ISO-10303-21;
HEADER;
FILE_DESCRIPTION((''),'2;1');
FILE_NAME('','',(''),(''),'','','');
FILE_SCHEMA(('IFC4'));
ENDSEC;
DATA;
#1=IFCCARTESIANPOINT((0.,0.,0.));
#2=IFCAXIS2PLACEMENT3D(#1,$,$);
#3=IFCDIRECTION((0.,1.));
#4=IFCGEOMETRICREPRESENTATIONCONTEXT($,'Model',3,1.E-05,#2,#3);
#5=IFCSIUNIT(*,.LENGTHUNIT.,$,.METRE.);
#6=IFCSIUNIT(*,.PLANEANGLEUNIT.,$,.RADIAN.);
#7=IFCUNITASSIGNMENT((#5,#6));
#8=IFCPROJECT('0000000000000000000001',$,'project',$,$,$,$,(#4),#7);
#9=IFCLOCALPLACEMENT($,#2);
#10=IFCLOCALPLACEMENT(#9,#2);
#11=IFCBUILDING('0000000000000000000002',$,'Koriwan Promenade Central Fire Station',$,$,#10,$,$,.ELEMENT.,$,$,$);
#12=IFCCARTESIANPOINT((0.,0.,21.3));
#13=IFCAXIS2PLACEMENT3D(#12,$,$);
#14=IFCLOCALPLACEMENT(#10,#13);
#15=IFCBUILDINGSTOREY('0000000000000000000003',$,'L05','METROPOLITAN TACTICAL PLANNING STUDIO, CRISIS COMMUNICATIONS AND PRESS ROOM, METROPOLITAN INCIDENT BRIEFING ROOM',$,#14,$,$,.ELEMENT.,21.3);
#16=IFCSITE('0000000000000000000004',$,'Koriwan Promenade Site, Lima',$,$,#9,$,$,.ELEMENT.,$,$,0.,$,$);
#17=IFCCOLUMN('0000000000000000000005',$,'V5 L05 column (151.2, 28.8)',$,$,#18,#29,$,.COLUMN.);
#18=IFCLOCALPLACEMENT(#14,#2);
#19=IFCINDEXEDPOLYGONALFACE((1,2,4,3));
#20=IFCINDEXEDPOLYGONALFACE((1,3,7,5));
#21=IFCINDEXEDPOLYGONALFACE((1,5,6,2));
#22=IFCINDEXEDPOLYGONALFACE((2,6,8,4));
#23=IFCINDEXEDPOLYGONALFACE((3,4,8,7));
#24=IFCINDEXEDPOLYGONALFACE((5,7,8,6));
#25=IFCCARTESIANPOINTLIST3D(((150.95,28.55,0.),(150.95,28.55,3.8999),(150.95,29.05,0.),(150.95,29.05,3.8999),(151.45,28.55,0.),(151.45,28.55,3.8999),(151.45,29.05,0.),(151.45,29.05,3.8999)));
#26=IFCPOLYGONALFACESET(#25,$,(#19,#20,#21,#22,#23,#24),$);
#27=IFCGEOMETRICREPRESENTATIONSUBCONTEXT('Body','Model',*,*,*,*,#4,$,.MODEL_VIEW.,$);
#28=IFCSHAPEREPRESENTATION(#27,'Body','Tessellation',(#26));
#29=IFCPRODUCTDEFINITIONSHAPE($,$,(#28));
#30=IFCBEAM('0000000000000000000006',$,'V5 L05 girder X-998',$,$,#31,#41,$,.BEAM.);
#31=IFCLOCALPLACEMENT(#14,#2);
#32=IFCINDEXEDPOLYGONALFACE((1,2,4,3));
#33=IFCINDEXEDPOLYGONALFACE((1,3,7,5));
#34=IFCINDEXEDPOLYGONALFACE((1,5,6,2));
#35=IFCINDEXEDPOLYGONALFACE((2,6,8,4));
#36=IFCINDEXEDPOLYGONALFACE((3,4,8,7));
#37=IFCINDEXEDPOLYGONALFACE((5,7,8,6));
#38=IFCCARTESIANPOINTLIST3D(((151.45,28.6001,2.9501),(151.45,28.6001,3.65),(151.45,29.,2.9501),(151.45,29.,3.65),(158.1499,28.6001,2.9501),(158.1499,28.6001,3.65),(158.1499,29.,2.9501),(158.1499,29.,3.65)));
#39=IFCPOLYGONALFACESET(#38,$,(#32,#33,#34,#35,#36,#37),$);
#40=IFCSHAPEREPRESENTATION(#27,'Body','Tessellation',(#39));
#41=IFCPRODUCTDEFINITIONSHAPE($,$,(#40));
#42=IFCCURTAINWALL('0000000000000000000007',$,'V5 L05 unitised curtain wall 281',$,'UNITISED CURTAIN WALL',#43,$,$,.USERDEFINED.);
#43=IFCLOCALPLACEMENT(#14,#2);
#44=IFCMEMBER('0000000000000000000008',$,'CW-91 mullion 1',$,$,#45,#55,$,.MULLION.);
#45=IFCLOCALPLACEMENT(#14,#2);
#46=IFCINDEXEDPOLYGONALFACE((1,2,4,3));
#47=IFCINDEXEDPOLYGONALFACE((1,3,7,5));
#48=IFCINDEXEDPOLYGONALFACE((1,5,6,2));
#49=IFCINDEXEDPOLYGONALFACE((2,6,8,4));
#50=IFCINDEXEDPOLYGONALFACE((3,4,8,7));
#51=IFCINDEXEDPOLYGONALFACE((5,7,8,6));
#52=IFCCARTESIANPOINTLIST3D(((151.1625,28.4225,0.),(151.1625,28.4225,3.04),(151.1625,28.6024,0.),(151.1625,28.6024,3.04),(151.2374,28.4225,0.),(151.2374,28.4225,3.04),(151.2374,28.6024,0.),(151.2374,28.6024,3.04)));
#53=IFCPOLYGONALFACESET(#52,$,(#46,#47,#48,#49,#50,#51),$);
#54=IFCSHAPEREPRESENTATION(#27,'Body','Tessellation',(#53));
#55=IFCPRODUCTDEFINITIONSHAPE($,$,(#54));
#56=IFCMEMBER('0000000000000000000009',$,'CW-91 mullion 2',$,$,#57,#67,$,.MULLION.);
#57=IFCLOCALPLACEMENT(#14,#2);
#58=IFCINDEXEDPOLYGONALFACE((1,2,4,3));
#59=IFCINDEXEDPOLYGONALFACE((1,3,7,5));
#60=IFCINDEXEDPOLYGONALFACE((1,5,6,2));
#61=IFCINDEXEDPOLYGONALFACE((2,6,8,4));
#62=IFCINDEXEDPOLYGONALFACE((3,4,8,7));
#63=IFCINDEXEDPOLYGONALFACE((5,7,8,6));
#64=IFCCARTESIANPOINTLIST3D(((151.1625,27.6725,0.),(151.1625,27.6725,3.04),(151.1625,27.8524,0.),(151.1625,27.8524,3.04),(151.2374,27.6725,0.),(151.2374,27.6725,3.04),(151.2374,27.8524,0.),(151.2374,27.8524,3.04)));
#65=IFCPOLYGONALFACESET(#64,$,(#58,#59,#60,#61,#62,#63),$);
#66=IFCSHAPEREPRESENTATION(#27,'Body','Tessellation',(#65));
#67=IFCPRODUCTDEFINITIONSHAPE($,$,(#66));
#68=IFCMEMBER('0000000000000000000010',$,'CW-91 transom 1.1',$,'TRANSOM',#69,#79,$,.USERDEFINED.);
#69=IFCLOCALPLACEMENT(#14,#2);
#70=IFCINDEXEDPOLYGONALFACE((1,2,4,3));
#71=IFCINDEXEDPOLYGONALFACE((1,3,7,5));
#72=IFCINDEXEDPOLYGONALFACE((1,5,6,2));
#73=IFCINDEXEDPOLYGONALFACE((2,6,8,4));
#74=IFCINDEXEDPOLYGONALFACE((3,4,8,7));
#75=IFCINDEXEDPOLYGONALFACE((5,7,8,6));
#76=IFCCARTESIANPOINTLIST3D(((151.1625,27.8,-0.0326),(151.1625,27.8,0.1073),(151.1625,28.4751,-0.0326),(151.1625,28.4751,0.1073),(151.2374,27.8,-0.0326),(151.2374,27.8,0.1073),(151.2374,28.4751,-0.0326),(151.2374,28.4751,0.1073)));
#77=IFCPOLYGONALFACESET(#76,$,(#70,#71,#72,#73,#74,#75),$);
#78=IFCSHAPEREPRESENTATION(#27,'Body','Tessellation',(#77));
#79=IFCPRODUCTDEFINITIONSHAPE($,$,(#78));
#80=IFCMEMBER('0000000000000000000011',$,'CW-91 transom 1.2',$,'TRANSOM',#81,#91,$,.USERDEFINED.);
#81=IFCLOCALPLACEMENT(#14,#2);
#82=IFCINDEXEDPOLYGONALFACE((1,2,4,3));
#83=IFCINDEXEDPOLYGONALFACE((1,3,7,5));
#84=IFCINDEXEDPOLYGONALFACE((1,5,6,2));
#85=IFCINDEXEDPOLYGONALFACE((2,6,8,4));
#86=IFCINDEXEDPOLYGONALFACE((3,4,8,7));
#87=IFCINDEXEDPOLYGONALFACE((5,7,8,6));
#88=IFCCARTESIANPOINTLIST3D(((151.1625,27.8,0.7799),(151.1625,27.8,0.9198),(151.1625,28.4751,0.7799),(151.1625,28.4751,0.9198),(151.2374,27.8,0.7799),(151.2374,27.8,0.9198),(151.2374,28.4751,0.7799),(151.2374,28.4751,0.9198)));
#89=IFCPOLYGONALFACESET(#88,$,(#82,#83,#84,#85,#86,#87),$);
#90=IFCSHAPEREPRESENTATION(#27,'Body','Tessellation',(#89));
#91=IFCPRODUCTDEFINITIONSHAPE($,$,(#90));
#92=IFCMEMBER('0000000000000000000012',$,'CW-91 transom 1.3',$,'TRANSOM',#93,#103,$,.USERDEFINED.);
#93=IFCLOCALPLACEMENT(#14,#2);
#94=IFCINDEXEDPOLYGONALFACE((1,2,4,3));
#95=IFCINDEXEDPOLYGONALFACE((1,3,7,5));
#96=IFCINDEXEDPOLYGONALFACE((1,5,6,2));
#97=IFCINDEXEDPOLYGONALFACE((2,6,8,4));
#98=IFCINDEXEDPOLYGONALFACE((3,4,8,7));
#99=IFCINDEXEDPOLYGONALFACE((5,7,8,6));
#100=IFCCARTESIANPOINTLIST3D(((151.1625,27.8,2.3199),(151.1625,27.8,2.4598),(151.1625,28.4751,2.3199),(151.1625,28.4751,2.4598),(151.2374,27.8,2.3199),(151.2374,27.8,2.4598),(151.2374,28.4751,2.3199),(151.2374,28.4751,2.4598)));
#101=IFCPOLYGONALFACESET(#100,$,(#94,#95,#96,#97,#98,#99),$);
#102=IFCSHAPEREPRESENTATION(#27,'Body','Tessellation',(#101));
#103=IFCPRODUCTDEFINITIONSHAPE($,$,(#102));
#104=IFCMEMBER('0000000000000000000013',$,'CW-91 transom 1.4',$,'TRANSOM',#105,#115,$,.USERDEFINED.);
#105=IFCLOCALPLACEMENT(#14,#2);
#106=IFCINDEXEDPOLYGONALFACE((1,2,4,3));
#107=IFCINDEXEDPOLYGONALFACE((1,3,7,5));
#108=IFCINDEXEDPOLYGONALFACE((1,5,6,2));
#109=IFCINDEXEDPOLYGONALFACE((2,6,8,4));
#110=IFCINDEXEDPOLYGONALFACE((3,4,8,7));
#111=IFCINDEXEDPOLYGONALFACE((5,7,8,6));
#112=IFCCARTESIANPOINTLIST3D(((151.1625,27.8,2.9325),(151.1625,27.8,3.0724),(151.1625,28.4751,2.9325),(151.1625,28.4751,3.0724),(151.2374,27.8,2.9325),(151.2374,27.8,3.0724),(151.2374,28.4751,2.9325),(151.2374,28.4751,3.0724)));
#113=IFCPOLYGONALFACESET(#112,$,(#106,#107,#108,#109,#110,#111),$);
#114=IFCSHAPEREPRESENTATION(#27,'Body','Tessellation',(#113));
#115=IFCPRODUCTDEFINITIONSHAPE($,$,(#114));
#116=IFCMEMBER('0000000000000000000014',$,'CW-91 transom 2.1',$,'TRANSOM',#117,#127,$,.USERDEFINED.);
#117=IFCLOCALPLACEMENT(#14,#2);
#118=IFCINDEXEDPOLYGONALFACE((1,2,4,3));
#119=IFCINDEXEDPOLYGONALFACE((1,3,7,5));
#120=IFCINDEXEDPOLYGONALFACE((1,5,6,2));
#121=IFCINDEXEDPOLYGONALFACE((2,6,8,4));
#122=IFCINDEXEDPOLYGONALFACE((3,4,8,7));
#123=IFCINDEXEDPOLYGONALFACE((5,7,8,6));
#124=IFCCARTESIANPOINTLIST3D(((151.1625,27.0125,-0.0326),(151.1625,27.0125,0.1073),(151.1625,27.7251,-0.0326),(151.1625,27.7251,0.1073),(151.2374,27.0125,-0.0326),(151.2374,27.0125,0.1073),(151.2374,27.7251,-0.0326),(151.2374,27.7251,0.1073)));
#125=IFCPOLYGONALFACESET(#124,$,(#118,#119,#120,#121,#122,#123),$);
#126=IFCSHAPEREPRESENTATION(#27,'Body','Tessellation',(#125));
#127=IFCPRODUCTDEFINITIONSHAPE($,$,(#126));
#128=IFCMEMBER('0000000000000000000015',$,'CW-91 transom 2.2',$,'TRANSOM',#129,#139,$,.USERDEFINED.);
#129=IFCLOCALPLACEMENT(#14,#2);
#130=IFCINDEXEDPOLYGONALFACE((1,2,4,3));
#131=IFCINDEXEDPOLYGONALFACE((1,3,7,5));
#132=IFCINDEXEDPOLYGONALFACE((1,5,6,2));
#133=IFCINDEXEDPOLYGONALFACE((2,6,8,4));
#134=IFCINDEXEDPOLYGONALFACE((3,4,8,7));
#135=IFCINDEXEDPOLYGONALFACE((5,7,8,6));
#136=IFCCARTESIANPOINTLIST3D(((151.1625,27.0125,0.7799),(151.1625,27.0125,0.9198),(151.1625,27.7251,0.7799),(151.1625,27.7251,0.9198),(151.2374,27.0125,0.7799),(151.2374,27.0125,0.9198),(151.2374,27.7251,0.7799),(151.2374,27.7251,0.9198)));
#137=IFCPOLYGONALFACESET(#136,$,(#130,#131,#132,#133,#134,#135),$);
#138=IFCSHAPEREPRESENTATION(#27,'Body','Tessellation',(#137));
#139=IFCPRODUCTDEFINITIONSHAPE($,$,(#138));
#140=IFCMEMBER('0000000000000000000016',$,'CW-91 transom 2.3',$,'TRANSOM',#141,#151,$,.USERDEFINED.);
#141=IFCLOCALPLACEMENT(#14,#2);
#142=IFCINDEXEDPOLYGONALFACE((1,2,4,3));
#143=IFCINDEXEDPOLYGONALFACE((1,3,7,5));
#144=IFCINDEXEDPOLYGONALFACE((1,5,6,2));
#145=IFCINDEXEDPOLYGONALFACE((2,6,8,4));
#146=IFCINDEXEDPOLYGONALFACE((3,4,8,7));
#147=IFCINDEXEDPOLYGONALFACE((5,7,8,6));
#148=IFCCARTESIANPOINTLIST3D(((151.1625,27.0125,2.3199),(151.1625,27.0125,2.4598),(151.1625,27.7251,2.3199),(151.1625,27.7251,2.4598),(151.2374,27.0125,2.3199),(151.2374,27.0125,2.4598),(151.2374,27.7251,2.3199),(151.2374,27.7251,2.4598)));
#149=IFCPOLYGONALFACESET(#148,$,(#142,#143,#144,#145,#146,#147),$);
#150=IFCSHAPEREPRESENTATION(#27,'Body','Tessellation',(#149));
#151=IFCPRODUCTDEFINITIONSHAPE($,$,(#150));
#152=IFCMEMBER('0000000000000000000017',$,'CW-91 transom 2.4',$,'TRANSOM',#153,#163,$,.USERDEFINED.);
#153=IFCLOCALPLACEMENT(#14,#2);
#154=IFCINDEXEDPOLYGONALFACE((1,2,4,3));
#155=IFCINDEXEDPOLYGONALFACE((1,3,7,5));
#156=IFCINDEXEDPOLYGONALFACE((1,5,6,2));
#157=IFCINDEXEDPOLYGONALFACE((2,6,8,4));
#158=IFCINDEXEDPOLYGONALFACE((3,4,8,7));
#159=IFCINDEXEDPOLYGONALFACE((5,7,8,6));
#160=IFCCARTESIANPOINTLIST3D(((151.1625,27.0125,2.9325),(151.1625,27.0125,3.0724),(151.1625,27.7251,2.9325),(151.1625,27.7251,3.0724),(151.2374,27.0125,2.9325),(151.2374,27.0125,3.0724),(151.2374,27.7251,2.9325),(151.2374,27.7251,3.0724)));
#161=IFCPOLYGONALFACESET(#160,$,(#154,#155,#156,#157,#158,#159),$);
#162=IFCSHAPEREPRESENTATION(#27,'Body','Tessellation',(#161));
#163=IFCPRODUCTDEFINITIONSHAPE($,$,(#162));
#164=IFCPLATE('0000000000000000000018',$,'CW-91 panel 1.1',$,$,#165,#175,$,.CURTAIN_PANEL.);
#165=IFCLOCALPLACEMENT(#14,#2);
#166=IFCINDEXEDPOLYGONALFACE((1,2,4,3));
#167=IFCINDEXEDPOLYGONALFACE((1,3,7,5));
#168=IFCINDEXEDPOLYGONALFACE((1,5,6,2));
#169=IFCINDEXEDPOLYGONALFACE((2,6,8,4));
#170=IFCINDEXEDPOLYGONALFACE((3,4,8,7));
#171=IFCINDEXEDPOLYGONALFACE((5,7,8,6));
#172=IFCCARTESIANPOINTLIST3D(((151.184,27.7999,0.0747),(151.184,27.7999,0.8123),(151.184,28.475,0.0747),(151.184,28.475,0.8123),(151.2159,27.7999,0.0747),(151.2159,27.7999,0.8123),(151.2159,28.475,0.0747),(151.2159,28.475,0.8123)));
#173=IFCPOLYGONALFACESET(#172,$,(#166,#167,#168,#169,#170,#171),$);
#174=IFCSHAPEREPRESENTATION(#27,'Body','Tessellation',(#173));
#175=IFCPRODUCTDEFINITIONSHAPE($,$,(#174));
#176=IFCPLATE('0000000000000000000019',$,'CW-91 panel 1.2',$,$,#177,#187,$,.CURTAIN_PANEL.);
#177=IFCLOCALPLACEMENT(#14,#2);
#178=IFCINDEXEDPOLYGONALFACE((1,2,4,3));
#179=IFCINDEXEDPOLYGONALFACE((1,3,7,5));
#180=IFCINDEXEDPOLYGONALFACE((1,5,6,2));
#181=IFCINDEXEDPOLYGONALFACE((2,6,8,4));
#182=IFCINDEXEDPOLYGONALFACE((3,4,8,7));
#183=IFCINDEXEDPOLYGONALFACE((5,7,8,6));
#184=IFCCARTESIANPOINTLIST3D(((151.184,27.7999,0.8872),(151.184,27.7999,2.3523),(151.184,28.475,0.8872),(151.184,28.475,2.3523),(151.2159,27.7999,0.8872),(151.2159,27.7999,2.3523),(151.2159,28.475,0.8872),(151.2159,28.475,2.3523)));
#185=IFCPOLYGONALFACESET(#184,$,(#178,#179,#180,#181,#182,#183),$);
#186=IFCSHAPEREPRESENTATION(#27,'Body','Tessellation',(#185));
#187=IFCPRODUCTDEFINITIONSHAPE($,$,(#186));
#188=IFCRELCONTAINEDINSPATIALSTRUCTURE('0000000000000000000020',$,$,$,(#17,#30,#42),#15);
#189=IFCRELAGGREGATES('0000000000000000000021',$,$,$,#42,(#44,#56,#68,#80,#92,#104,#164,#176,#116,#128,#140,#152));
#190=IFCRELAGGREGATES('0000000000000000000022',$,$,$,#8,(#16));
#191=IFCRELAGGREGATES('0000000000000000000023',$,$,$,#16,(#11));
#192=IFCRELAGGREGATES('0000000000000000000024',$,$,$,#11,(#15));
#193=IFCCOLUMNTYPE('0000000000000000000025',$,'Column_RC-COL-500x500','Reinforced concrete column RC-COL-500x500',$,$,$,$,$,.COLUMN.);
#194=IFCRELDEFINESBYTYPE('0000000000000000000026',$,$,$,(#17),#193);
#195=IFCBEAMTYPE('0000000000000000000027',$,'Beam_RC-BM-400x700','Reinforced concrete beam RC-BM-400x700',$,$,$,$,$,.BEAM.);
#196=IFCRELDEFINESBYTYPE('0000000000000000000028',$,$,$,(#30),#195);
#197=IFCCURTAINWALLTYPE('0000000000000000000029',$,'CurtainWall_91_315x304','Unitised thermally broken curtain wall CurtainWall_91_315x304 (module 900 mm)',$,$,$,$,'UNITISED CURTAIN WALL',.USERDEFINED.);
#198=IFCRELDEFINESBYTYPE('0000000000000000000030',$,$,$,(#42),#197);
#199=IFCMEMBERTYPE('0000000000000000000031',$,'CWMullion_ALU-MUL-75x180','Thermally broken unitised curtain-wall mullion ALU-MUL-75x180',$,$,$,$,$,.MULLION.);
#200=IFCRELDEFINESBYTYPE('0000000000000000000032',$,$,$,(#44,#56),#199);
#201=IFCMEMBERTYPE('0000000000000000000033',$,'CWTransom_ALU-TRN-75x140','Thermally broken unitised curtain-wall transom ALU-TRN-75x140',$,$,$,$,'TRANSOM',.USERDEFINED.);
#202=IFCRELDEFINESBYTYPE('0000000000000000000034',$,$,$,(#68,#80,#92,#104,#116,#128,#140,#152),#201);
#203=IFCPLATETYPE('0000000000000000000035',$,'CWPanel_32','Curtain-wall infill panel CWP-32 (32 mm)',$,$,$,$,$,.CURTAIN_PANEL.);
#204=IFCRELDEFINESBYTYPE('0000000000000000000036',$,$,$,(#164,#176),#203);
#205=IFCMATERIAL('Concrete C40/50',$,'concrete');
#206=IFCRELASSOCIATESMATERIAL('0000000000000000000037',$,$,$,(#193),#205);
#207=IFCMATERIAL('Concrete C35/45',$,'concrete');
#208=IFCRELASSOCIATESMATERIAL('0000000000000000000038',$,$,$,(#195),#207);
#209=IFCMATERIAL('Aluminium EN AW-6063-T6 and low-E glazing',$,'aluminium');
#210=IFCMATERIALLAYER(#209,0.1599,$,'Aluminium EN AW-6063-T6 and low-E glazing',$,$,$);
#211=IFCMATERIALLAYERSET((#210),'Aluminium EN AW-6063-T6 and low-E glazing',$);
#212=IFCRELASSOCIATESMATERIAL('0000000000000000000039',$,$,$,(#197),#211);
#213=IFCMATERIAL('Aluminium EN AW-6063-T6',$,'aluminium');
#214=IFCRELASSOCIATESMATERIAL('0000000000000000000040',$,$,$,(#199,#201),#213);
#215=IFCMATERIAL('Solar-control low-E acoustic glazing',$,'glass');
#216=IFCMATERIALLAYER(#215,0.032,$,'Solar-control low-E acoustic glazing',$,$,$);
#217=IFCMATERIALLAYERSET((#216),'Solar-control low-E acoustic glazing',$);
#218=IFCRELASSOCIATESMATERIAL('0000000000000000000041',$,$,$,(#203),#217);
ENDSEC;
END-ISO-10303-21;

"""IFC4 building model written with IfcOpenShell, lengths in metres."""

from ifc_helpers import new_model, si_unit, direction, frame, origin, origin_2d, place, context, subcontext, project, spatial, rectangle, extrude, material, layer, layer_set, material_profile, profile_set, type_object, element, aggregate, save


model = new_model("IFC4")

# Units and contexts
model_context = context("Model", 3, precision=1e-05, world=origin(), true_north=direction((0.0, 1.0)))
body_context = subcontext(model_context, "Body", "Model", "MODEL_VIEW")
ifc_project = project(units=[si_unit("LENGTHUNIT", "METRE"), si_unit("PLANEANGLEUNIT", "RADIAN")], contexts=[model_context])

# Site, building, storey
site_placement = place(None, origin())
site = spatial("IfcSite", under=ifc_project, at=site_placement, Name="Koriwan Promenade Site, Lima", CompositionType="ELEMENT", RefElevation=0.0)
building_placement = place(site_placement, origin())
building = spatial("IfcBuilding", under=site, at=building_placement, Name="Koriwan Promenade Central Fire Station", CompositionType="ELEMENT")
storey_placement = place(building_placement, frame((0.0, 0.0, 21.3)))
storey = spatial("IfcBuildingStorey", under=building, at=storey_placement, Name="L05", Description="METROPOLITAN TACTICAL PLANNING STUDIO, CRISIS COMMUNICATIONS AND PRESS ROOM, METROPOLITAN INCIDENT BRIEFING ROOM", CompositionType="ELEMENT", Elevation=21.3)

# Column
ifc_material_1 = material(Name="Concrete C40/50", Category="concrete")
ifc_material_profile_1 = material_profile(ifc_material_1, rectangle(XDim=0.5, YDim=0.5, at=origin_2d()), Name="RC-COL-500x500")
ifc_profile_set_1 = profile_set([ifc_material_profile_1], Name="Concrete C40/50")
column_type = type_object("IfcColumnType", Name="Column_RC-COL-500x500", Description="Reinforced concrete column RC-COL-500x500", PredefinedType="COLUMN", material=ifc_profile_set_1)
column_placement = place(storey_placement, frame((151.2, 28.8, 0.0), z_axis=(0.0, 0.0, 1.0), x_axis=(1.0, 0.0, 0.0)))
element("IfcColumn", 1, at=column_placement, inside=storey, type_object=column_type, Name="V5 L05 column (151.2, 28.8)", PredefinedType="COLUMN", context=body_context, shape_type="SweptSolid", body=[
    extrude(rectangle(XDim=0.5, YDim=0.5, at=origin_2d()), origin(), (0.0, 0.0, 1.0), 3.8999),
])

# Beam
ifc_material_2 = material(Name="Concrete C35/45", Category="concrete")
ifc_material_profile_2 = material_profile(ifc_material_2, rectangle(XDim=0.3999, YDim=0.7, at=origin_2d()), Name="RC-BM-400x700")
ifc_profile_set_2 = profile_set([ifc_material_profile_2], Name="Concrete C35/45")
beam_type = type_object("IfcBeamType", Name="Beam_RC-BM-400x700", Description="Reinforced concrete beam RC-BM-400x700", PredefinedType="BEAM", material=ifc_profile_set_2)
beam_placement = place(storey_placement, frame((151.45, 28.8, 3.3), z_axis=(1.0, 0.0, 0.0), x_axis=(0.0, 1.0, 0.0)))
element("IfcBeam", 2, at=beam_placement, inside=storey, type_object=beam_type, Name="V5 L05 girder X-998", PredefinedType="BEAM", context=body_context, shape_type="SweptSolid", body=[
    extrude(rectangle(XDim=0.3999, YDim=0.7, at=origin_2d()), origin(), (0.0, 0.0, 1.0), 6.7),
])

# Curtain wall, members, plates
ifc_material_3 = material(Name="Aluminium EN AW-6063-T6 and low-E glazing", Category="aluminium")
ifc_layer_1 = layer(ifc_material_3, 0.1599, Name="Aluminium EN AW-6063-T6 and low-E glazing")
ifc_layer_set_1 = layer_set([ifc_layer_1], Name="Aluminium EN AW-6063-T6 and low-E glazing")
curtain_wall_type = type_object("IfcCurtainWallType", Name="CurtainWall_91_315x304", Description="Unitised thermally broken curtain wall CurtainWall_91_315x304 (module 900 mm)", ElementType="UNITISED CURTAIN WALL", PredefinedType="USERDEFINED", material=ifc_layer_set_1)
curtain_wall_placement = place(storey_placement, origin())
curtain_wall = element("IfcCurtainWall", 3, at=curtain_wall_placement, inside=storey, type_object=curtain_wall_type, Name="V5 L05 unitised curtain wall 281", ObjectType="UNITISED CURTAIN WALL", PredefinedType="USERDEFINED")
ifc_material_4 = material(Name="Aluminium EN AW-6063-T6", Category="aluminium")
ifc_material_profile_3 = material_profile(ifc_material_4, rectangle(XDim=0.075, YDim=0.1799, at=origin_2d()), Name="ALU-MUL-75x180")
ifc_profile_set_3 = profile_set([ifc_material_profile_3], Name="Aluminium EN AW-6063-T6")
member_type_1 = type_object("IfcMemberType", Name="CWMullion_ALU-MUL-75x180", Description="Thermally broken unitised curtain-wall mullion ALU-MUL-75x180", PredefinedType="MULLION", material=ifc_profile_set_3)
member_1_placement = place(storey_placement, frame((151.2, 28.5125, 0.0), z_axis=(0.0, 0.0, 1.0), x_axis=(1.0, 0.0, 0.0)))
member_1 = element("IfcMember", 4, at=member_1_placement, type_object=member_type_1, Name="CW-91 mullion 1", PredefinedType="MULLION", context=body_context, shape_type="SweptSolid", body=[
    extrude(rectangle(XDim=0.075, YDim=0.1799, at=origin_2d()), origin(), (0.0, 0.0, 1.0), 3.04),
])
member_2_placement = place(storey_placement, frame((151.2, 27.7625, 0.0), z_axis=(0.0, 0.0, 1.0), x_axis=(1.0, 0.0, 0.0)))
member_2 = element("IfcMember", 5, at=member_2_placement, type_object=member_type_1, Name="CW-91 mullion 2", PredefinedType="MULLION", context=body_context, shape_type="SweptSolid", body=[
    extrude(rectangle(XDim=0.075, YDim=0.1799, at=origin_2d()), origin(), (0.0, 0.0, 1.0), 3.04),
])
ifc_material_profile_4 = material_profile(ifc_material_4, rectangle(XDim=0.075, YDim=0.1399, at=origin_2d()), Name="ALU-TRN-75x140")
ifc_profile_set_4 = profile_set([ifc_material_profile_4], Name="Aluminium EN AW-6063-T6")
member_type_2 = type_object("IfcMemberType", Name="CWTransom_ALU-TRN-75x140", Description="Thermally broken unitised curtain-wall transom ALU-TRN-75x140", ElementType="TRANSOM", PredefinedType="USERDEFINED", material=ifc_profile_set_4)
member_3_placement = place(storey_placement, frame((151.2, 28.4751, 0.0374), z_axis=(0.0, -1.0, 0.0), x_axis=(1.0, 0.0, 0.0)))
member_3 = element("IfcMember", 6, at=member_3_placement, type_object=member_type_2, Name="CW-91 transom 1.1", ObjectType="TRANSOM", PredefinedType="USERDEFINED", context=body_context, shape_type="SweptSolid", body=[
    extrude(rectangle(XDim=0.075, YDim=0.1399, at=origin_2d()), origin(), (0.0, 0.0, 1.0), 0.675),
])
member_4_placement = place(storey_placement, frame((151.2, 28.4751, 0.8499), z_axis=(0.0, -1.0, 0.0), x_axis=(1.0, 0.0, 0.0)))
member_4 = element("IfcMember", 7, at=member_4_placement, type_object=member_type_2, Name="CW-91 transom 1.2", ObjectType="TRANSOM", PredefinedType="USERDEFINED", context=body_context, shape_type="SweptSolid", body=[
    extrude(rectangle(XDim=0.075, YDim=0.1399, at=origin_2d()), origin(), (0.0, 0.0, 1.0), 0.675),
])
member_5_placement = place(storey_placement, frame((151.2, 28.4751, 2.3899), z_axis=(0.0, -1.0, 0.0), x_axis=(1.0, 0.0, 0.0)))
member_5 = element("IfcMember", 8, at=member_5_placement, type_object=member_type_2, Name="CW-91 transom 1.3", ObjectType="TRANSOM", PredefinedType="USERDEFINED", context=body_context, shape_type="SweptSolid", body=[
    extrude(rectangle(XDim=0.075, YDim=0.1399, at=origin_2d()), origin(), (0.0, 0.0, 1.0), 0.675),
])
member_6_placement = place(storey_placement, frame((151.2, 28.4751, 3.0024), z_axis=(0.0, -1.0, 0.0), x_axis=(1.0, 0.0, 0.0)))
member_6 = element("IfcMember", 9, at=member_6_placement, type_object=member_type_2, Name="CW-91 transom 1.4", ObjectType="TRANSOM", PredefinedType="USERDEFINED", context=body_context, shape_type="SweptSolid", body=[
    extrude(rectangle(XDim=0.075, YDim=0.1399, at=origin_2d()), origin(), (0.0, 0.0, 1.0), 0.675),
])
member_7_placement = place(storey_placement, frame((151.2, 27.7251, 0.0374), z_axis=(0.0, -1.0, 0.0), x_axis=(1.0, 0.0, 0.0)))
member_7 = element("IfcMember", 10, at=member_7_placement, type_object=member_type_2, Name="CW-91 transom 2.1", ObjectType="TRANSOM", PredefinedType="USERDEFINED", context=body_context, shape_type="SweptSolid", body=[
    extrude(rectangle(XDim=0.075, YDim=0.1399, at=origin_2d()), origin(), (0.0, 0.0, 1.0), 0.7126),
])
member_8_placement = place(storey_placement, frame((151.2, 27.7251, 0.8499), z_axis=(0.0, -1.0, 0.0), x_axis=(1.0, 0.0, 0.0)))
member_8 = element("IfcMember", 11, at=member_8_placement, type_object=member_type_2, Name="CW-91 transom 2.2", ObjectType="TRANSOM", PredefinedType="USERDEFINED", context=body_context, shape_type="SweptSolid", body=[
    extrude(rectangle(XDim=0.075, YDim=0.1399, at=origin_2d()), origin(), (0.0, 0.0, 1.0), 0.7126),
])
member_9_placement = place(storey_placement, frame((151.2, 27.7251, 2.3899), z_axis=(0.0, -1.0, 0.0), x_axis=(1.0, 0.0, 0.0)))
member_9 = element("IfcMember", 12, at=member_9_placement, type_object=member_type_2, Name="CW-91 transom 2.3", ObjectType="TRANSOM", PredefinedType="USERDEFINED", context=body_context, shape_type="SweptSolid", body=[
    extrude(rectangle(XDim=0.075, YDim=0.1399, at=origin_2d()), origin(), (0.0, 0.0, 1.0), 0.7126),
])
member_10_placement = place(storey_placement, frame((151.2, 27.7251, 3.0024), z_axis=(0.0, -1.0, 0.0), x_axis=(1.0, 0.0, 0.0)))
member_10 = element("IfcMember", 13, at=member_10_placement, type_object=member_type_2, Name="CW-91 transom 2.4", ObjectType="TRANSOM", PredefinedType="USERDEFINED", context=body_context, shape_type="SweptSolid", body=[
    extrude(rectangle(XDim=0.075, YDim=0.1399, at=origin_2d()), origin(), (0.0, 0.0, 1.0), 0.7126),
])
ifc_material_5 = material(Name="Solar-control low-E acoustic glazing", Category="glass")
ifc_layer_2 = layer(ifc_material_5, 0.032, Name="Solar-control low-E acoustic glazing")
ifc_layer_set_2 = layer_set([ifc_layer_2], Name="Solar-control low-E acoustic glazing")
plate_type = type_object("IfcPlateType", Name="CWPanel_32", Description="Curtain-wall infill panel CWP-32 (32 mm)", PredefinedType="CURTAIN_PANEL", material=ifc_layer_set_2)
plate_1_placement = place(storey_placement, frame((151.2, 28.1375, 0.0747), z_axis=(0.0, 0.0, 1.0), x_axis=(0.0, -1.0, 0.0)))
plate_1 = element("IfcPlate", 14, at=plate_1_placement, type_object=plate_type, Name="CW-91 panel 1.1", PredefinedType="CURTAIN_PANEL", context=body_context, shape_type="SweptSolid", body=[
    extrude(rectangle(XDim=0.675, YDim=0.032, at=origin_2d()), origin(), (0.0, 0.0, 1.0), 0.7375),
])
plate_2_placement = place(storey_placement, frame((151.2, 28.1375, 0.8872), z_axis=(0.0, 0.0, 1.0), x_axis=(0.0, -1.0, 0.0)))
plate_2 = element("IfcPlate", 15, at=plate_2_placement, type_object=plate_type, Name="CW-91 panel 1.2", PredefinedType="CURTAIN_PANEL", context=body_context, shape_type="SweptSolid", body=[
    extrude(rectangle(XDim=0.675, YDim=0.032, at=origin_2d()), origin(), (0.0, 0.0, 1.0), 1.4651),
])
aggregate(curtain_wall, [member_1, member_2, member_3, member_4, member_5, member_6, plate_1, plate_2, member_7, member_8, member_9, member_10])

save(model, "model.ifc")
